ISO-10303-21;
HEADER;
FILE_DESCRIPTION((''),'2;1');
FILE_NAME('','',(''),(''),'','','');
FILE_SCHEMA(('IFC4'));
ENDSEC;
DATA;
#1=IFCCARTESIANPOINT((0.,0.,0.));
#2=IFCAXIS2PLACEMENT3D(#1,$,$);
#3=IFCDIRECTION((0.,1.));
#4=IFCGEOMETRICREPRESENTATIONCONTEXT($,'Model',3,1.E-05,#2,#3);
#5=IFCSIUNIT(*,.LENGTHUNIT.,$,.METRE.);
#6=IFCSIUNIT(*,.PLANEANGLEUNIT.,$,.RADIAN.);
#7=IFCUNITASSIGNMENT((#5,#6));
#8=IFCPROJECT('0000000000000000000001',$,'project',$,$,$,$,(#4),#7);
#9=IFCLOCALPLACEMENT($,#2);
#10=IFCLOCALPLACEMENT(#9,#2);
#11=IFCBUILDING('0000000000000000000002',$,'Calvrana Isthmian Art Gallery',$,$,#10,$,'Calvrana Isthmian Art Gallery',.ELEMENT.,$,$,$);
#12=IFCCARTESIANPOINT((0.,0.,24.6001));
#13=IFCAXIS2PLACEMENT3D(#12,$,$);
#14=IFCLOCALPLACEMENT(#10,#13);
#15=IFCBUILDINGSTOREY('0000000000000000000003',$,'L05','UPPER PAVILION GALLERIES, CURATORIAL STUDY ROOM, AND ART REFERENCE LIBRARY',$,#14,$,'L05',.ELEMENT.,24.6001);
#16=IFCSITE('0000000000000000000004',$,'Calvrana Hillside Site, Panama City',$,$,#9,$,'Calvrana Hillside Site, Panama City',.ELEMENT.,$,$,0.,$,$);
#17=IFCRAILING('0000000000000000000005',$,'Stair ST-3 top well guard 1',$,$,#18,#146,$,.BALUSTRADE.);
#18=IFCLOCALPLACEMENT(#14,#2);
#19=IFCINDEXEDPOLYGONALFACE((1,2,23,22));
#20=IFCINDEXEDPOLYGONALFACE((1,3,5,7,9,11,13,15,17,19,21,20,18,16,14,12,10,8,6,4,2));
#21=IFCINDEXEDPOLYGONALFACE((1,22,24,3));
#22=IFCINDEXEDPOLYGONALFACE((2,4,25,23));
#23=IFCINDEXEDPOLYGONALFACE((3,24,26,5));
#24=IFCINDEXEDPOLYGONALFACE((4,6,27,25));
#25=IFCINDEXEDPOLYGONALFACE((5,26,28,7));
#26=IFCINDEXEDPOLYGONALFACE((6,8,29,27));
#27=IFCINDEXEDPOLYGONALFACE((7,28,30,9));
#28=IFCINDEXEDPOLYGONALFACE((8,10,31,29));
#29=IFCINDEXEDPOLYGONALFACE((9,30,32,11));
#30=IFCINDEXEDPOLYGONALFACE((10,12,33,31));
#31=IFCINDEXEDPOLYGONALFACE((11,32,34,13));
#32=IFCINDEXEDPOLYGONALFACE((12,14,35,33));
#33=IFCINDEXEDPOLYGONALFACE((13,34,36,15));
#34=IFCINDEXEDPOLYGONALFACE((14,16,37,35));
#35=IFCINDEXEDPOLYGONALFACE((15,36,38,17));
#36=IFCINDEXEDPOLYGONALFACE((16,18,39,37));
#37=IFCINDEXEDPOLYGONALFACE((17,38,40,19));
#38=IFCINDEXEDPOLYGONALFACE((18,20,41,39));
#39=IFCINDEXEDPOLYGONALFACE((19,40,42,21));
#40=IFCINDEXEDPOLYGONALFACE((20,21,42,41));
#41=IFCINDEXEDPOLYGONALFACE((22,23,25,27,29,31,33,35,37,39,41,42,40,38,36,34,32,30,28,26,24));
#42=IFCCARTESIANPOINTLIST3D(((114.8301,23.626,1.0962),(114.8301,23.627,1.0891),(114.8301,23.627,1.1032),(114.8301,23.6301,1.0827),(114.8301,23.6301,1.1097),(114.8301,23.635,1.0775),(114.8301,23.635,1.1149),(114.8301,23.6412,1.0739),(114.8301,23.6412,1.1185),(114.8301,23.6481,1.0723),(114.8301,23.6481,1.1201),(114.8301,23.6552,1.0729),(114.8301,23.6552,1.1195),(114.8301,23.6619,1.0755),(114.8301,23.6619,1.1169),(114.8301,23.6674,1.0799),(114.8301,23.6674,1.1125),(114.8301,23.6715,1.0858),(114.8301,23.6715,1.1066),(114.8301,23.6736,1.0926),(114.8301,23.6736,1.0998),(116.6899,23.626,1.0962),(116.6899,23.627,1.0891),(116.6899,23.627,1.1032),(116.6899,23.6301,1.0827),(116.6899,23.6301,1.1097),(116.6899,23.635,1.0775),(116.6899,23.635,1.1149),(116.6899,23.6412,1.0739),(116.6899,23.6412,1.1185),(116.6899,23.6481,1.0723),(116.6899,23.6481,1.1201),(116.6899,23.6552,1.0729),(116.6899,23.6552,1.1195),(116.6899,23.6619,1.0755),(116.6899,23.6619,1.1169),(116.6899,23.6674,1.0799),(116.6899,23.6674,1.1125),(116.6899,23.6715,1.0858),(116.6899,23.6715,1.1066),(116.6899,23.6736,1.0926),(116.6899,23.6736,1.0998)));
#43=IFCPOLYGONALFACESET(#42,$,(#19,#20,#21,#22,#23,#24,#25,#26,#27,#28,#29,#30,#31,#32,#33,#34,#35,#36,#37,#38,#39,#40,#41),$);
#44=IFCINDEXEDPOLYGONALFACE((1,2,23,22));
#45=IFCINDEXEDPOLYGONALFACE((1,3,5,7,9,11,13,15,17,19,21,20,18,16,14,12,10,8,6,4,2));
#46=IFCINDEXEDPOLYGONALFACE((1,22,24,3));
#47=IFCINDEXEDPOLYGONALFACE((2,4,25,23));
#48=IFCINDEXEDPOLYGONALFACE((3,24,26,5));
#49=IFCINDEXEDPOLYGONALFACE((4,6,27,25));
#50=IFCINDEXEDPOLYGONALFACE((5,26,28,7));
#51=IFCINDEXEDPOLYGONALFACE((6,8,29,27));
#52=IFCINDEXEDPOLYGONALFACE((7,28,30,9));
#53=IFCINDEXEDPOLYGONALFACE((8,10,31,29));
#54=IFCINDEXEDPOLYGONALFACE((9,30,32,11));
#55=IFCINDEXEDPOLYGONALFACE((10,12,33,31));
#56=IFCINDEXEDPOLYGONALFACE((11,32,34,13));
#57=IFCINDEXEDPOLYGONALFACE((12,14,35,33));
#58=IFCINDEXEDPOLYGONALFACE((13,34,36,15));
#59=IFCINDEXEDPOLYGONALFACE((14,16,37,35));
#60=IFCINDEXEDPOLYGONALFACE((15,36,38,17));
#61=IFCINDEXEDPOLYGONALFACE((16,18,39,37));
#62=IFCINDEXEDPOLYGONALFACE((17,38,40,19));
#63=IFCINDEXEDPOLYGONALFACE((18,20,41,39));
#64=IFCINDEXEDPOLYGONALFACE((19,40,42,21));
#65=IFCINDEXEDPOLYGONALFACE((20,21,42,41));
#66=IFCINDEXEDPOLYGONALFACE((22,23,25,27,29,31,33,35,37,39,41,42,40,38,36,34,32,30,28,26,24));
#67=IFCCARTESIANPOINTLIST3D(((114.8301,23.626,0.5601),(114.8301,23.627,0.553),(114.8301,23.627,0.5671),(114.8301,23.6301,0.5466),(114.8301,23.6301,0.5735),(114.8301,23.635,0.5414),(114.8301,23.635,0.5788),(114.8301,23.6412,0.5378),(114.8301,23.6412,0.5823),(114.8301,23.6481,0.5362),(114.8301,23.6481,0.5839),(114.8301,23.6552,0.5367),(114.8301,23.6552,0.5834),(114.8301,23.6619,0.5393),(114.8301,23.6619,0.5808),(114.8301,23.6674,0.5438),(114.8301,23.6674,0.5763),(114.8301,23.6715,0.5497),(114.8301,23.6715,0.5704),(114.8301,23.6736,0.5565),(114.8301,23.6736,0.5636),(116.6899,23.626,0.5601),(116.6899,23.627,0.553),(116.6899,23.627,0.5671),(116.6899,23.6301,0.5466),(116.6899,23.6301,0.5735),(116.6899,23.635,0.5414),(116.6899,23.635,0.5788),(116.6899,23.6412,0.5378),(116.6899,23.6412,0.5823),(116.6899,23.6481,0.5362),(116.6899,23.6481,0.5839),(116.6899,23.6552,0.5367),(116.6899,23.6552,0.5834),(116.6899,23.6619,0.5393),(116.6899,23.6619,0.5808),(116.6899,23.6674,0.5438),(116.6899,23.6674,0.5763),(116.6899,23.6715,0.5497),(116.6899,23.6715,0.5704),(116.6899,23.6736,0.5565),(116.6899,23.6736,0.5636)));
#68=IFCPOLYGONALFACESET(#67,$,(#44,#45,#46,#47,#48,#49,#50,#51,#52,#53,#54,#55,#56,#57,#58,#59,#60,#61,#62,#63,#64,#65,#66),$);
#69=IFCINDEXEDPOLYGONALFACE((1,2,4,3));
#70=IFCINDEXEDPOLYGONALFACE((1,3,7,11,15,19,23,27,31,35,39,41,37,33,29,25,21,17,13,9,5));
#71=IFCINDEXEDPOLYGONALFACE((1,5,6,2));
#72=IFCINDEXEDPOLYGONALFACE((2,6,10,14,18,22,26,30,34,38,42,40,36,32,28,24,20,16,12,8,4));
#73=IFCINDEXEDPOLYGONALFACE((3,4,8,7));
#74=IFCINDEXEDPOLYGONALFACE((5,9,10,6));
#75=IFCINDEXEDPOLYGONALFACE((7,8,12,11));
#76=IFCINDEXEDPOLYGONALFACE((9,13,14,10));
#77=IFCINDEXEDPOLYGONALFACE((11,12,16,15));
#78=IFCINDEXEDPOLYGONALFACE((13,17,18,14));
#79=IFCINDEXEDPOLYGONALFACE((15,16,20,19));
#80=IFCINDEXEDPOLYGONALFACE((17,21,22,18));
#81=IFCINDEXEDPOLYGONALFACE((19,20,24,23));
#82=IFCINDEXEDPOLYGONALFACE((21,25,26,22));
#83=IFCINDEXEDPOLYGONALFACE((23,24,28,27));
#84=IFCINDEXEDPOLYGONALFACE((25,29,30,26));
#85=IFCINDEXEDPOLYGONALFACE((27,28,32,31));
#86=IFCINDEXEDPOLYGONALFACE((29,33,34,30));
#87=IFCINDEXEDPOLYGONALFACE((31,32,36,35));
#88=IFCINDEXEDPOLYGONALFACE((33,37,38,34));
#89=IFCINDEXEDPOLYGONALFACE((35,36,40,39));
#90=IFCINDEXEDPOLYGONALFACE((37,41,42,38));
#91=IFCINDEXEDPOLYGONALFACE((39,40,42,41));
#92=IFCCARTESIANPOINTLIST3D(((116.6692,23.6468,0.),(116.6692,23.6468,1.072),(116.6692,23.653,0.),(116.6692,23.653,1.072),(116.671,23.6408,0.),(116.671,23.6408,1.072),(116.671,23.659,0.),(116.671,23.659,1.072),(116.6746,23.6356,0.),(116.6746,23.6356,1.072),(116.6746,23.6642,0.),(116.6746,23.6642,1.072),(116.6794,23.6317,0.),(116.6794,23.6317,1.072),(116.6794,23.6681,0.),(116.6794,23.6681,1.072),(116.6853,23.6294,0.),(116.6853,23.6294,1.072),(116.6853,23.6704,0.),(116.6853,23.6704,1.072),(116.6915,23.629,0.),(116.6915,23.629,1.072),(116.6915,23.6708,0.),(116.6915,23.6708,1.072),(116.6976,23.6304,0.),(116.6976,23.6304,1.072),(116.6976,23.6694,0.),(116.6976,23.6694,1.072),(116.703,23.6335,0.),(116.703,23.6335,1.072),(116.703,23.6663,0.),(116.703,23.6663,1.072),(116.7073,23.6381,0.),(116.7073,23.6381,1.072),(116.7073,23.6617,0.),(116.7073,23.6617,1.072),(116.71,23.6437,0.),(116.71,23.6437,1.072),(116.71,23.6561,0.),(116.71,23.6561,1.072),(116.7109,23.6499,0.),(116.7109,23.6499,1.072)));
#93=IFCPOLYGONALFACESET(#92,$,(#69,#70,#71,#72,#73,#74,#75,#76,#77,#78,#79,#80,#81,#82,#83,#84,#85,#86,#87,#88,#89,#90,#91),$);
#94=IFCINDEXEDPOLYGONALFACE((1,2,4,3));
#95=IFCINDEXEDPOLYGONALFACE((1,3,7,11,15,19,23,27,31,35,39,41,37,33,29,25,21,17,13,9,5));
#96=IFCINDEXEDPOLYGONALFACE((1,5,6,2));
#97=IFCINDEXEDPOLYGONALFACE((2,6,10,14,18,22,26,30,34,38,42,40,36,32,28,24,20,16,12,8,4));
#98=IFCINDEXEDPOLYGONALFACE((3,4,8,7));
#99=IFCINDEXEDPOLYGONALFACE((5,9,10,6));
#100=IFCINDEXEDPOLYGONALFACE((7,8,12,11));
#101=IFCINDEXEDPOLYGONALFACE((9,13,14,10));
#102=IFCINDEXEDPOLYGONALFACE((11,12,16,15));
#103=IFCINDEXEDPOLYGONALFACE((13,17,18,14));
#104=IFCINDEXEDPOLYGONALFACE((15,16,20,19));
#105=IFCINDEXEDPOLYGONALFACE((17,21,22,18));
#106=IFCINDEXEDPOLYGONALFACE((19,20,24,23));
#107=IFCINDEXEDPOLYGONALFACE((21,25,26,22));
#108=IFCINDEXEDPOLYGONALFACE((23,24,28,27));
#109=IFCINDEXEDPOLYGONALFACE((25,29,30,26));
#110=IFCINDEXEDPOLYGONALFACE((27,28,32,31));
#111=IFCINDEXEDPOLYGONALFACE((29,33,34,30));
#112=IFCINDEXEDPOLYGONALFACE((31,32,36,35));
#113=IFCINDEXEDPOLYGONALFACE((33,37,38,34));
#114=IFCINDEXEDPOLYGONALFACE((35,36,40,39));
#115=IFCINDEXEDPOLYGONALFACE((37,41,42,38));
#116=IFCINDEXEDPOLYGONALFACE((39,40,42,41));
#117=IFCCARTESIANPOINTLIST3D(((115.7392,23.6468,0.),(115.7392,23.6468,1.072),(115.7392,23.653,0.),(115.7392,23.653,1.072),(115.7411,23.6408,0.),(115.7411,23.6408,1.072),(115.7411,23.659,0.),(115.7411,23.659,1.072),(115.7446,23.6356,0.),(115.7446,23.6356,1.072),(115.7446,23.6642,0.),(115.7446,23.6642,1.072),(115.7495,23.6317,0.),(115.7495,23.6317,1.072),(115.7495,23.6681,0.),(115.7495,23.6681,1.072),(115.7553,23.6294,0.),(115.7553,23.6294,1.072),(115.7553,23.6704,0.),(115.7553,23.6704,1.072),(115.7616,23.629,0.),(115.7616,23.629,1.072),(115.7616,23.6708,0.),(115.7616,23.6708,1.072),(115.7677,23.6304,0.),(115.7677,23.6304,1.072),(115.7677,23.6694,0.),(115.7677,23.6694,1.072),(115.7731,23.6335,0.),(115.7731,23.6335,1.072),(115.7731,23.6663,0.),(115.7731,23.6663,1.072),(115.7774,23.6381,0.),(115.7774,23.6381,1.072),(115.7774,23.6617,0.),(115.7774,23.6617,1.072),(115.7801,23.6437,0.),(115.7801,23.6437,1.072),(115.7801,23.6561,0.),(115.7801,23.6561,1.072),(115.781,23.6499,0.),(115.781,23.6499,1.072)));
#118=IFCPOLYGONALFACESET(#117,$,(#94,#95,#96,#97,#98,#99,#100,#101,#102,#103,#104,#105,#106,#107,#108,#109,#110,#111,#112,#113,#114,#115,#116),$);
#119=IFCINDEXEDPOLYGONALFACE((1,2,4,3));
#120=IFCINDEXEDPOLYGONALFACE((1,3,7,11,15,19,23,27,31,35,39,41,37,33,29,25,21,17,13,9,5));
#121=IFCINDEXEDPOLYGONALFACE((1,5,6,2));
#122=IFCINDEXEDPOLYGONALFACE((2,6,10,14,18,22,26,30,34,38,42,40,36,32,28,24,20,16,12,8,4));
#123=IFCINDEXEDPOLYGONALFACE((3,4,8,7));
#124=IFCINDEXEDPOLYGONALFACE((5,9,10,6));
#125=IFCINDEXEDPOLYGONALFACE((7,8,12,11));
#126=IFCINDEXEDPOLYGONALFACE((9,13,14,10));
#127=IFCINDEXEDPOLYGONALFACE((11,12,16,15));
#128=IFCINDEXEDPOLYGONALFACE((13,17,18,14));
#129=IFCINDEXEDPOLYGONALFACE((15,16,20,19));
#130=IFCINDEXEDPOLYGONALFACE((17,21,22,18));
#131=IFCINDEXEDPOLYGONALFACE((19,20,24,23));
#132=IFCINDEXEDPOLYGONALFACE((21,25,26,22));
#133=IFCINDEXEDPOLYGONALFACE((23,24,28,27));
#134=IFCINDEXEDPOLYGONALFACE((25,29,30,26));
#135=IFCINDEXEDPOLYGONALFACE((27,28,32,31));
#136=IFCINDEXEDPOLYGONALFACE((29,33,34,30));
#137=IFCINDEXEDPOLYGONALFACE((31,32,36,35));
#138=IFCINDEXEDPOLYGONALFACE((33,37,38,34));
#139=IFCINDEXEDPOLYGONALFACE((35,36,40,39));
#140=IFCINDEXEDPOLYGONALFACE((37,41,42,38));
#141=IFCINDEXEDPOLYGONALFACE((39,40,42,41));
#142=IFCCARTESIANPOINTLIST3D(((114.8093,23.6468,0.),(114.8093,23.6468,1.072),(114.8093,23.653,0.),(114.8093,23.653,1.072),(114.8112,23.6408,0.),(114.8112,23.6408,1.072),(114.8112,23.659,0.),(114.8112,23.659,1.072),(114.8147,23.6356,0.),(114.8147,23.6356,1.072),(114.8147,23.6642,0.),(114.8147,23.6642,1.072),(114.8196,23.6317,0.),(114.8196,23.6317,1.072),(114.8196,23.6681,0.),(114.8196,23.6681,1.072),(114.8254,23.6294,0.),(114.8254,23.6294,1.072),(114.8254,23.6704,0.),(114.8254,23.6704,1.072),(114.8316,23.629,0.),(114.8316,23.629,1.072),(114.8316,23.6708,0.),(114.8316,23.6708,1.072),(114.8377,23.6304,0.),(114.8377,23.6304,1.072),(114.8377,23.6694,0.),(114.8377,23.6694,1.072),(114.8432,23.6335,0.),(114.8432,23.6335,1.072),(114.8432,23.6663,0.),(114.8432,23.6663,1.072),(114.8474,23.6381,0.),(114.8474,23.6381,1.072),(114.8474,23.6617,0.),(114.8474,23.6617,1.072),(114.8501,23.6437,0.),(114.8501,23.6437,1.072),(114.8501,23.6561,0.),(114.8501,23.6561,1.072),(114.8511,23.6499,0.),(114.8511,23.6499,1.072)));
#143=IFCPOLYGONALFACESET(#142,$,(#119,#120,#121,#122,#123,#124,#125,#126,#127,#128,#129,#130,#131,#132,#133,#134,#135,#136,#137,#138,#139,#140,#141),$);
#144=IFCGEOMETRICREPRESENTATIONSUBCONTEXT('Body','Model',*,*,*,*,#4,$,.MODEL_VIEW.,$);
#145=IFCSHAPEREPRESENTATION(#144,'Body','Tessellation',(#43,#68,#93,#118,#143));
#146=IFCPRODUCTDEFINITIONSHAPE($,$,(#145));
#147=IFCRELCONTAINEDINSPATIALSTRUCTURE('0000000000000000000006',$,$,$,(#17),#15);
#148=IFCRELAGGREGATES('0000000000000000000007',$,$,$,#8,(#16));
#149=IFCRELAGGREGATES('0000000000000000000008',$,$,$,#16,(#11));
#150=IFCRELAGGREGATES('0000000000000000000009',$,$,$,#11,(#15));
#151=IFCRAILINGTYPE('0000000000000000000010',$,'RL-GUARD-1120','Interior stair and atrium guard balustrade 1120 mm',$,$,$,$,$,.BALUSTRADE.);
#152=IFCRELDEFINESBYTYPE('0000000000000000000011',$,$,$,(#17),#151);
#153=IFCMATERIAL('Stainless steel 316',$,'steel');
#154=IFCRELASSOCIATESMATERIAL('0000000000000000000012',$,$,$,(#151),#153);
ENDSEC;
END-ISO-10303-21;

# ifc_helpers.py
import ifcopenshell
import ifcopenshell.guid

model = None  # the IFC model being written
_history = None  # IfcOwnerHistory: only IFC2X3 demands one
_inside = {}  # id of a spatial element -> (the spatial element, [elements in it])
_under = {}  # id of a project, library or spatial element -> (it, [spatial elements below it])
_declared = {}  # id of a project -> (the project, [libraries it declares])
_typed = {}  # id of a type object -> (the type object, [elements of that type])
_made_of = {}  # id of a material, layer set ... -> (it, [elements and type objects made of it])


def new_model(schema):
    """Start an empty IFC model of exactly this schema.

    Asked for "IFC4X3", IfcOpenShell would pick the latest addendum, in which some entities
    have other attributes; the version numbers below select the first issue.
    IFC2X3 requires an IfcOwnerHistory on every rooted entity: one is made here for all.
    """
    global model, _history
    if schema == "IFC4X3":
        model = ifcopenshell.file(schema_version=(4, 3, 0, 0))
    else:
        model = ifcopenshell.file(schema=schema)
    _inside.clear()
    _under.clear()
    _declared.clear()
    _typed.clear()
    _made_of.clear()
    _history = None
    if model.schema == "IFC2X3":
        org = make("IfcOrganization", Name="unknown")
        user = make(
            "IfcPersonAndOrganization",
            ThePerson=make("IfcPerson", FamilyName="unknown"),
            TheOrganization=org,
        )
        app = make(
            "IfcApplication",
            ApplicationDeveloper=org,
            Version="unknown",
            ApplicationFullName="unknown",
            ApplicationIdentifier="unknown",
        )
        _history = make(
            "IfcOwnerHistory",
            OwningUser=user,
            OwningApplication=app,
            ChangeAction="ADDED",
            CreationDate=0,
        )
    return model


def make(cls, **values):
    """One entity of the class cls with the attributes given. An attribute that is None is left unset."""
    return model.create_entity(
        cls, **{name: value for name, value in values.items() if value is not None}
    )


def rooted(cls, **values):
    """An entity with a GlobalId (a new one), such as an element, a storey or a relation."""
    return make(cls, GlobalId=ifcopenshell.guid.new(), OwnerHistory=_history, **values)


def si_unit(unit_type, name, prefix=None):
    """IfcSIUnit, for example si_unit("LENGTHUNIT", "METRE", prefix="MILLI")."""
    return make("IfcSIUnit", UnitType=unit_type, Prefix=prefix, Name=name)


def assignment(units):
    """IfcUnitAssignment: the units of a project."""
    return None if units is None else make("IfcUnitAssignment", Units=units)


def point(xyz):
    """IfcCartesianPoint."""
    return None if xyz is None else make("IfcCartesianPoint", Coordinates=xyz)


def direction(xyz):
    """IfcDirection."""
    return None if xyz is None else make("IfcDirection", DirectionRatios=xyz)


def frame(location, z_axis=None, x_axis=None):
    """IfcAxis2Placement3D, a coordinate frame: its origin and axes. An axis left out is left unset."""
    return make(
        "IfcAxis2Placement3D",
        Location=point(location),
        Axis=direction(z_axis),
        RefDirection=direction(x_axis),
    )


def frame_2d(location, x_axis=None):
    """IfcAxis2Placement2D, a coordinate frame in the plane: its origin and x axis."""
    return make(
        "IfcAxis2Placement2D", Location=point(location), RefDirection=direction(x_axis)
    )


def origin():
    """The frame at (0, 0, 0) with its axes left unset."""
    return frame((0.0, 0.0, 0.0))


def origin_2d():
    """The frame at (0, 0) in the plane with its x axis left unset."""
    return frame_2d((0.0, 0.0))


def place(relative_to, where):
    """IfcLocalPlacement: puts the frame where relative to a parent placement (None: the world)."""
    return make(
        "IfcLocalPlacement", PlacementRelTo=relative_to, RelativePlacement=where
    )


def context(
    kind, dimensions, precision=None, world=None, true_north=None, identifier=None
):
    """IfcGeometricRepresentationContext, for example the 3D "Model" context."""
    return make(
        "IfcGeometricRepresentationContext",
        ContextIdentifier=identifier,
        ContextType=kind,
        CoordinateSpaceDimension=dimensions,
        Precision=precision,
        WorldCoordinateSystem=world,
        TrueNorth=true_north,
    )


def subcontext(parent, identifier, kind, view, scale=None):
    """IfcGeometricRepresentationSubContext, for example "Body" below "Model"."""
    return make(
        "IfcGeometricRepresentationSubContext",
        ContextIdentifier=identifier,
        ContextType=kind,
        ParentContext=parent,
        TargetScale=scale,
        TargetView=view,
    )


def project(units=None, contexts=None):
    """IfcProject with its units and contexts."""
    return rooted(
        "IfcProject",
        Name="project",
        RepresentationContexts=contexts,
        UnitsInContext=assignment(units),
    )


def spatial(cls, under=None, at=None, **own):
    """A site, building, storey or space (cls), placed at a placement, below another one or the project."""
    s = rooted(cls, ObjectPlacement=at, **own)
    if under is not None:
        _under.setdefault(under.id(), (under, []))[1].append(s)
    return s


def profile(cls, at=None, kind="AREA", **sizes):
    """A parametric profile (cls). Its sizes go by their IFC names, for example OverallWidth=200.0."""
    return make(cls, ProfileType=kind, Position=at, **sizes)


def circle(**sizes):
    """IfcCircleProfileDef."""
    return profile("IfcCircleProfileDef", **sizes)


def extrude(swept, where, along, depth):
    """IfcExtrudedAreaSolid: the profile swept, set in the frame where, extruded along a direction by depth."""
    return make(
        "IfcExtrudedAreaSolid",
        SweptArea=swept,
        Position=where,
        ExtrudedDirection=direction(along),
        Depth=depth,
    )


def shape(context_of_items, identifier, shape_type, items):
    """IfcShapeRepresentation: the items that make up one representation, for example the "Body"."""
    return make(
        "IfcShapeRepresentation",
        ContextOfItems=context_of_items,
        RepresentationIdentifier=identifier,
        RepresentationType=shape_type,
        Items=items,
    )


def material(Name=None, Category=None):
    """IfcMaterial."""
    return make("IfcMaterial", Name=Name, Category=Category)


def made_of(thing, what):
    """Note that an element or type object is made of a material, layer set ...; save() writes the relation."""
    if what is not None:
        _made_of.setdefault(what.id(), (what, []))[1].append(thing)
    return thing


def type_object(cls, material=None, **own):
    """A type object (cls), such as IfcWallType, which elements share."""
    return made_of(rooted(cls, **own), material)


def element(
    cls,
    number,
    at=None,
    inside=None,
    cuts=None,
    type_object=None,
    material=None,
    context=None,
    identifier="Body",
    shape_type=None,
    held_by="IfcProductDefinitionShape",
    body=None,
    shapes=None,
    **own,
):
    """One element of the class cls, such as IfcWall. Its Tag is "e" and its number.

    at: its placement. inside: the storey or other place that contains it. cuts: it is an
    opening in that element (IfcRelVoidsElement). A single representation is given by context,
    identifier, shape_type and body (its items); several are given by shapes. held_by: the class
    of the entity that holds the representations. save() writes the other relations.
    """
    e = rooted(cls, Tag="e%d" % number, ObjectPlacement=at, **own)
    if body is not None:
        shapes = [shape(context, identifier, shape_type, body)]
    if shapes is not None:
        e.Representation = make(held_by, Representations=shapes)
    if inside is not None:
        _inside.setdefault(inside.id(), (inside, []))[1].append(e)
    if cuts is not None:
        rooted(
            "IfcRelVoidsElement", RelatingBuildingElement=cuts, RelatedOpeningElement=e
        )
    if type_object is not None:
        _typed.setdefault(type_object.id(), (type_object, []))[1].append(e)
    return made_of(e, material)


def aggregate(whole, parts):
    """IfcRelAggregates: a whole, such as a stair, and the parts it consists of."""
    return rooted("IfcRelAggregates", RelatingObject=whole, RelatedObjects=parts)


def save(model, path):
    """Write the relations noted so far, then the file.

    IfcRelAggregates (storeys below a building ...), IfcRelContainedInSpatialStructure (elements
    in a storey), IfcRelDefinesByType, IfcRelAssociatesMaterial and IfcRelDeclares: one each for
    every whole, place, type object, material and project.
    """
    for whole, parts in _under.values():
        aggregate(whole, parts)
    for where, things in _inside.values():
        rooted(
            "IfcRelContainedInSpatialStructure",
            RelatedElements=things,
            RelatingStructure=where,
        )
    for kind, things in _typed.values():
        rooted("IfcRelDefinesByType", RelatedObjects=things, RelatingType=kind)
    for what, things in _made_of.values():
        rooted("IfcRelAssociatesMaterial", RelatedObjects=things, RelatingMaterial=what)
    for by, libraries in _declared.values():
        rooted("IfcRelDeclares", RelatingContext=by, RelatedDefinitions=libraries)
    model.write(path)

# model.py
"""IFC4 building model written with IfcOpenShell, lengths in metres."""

from ifc_helpers import new_model, si_unit, direction, frame, origin, origin_2d, place, context, subcontext, project, spatial, circle, extrude, material, type_object, element, save


model = new_model("IFC4")

# Units and contexts
model_context = context("Model", 3, precision=1e-05, world=origin(), true_north=direction((0.0, 1.0)))
body_context = subcontext(model_context, "Body", "Model", "MODEL_VIEW")
ifc_project = project(units=[si_unit("LENGTHUNIT", "METRE"), si_unit("PLANEANGLEUNIT", "RADIAN")], contexts=[model_context])

# Site, building, storey
site_placement = place(None, origin())
site = spatial("IfcSite", under=ifc_project, at=site_placement, Name="Calvrana Hillside Site, Panama City", LongName="Calvrana Hillside Site, Panama City", CompositionType="ELEMENT", RefElevation=0.0)
building_placement = place(site_placement, origin())
building = spatial("IfcBuilding", under=site, at=building_placement, Name="Calvrana Isthmian Art Gallery", LongName="Calvrana Isthmian Art Gallery", CompositionType="ELEMENT")
storey_placement = place(building_placement, frame((0.0, 0.0, 24.6001)))
storey = spatial("IfcBuildingStorey", under=building, at=storey_placement, Name="L05", Description="UPPER PAVILION GALLERIES, CURATORIAL STUDY ROOM, AND ART REFERENCE LIBRARY", LongName="L05", CompositionType="ELEMENT", Elevation=24.6001)

# Shared definitions
ifc_material_1 = material(Name="Stainless steel 316", Category="steel")

# Railing
railing_type = type_object("IfcRailingType", Name="RL-GUARD-1120", Description="Interior stair and atrium guard balustrade 1120 mm", PredefinedType="BALUSTRADE", material=ifc_material_1)
railing_placement = place(storey_placement, frame((116.6899, 23.6499, 0.0)))
element("IfcRailing", 1, at=railing_placement, inside=storey, type_object=railing_type, Name="Stair ST-3 top well guard 1", PredefinedType="BALUSTRADE", context=body_context, shape_type="SweptSolid", body=[
    extrude(circle(Radius=0.0239, at=origin_2d()), frame((0.0, 0.0, 1.0962), z_axis=(-1.0, 0.0, 0.0), x_axis=(0.0, -1.0, 0.0)), (0.0, 0.0, 1.0), 1.8599),
    extrude(circle(Radius=0.0239, at=origin_2d()), frame((0.0, 0.0, 0.5601), z_axis=(-1.0, 0.0, 0.0), x_axis=(0.0, -1.0, 0.0)), (0.0, 0.0, 1.0), 1.8599),
    extrude(circle(Radius=0.021, at=origin_2d()), origin(), (0.0, 0.0, 1.0), 1.072),
    extrude(circle(Radius=0.021, at=origin_2d()), frame((-0.9299, 0.0, 0.0)), (0.0, 0.0, 1.0), 1.072),
    extrude(circle(Radius=0.021, at=origin_2d()), frame((-1.8599, 0.0, 0.0)), (0.0, 0.0, 1.0), 1.072),
])

save(model, "model.ifc")
